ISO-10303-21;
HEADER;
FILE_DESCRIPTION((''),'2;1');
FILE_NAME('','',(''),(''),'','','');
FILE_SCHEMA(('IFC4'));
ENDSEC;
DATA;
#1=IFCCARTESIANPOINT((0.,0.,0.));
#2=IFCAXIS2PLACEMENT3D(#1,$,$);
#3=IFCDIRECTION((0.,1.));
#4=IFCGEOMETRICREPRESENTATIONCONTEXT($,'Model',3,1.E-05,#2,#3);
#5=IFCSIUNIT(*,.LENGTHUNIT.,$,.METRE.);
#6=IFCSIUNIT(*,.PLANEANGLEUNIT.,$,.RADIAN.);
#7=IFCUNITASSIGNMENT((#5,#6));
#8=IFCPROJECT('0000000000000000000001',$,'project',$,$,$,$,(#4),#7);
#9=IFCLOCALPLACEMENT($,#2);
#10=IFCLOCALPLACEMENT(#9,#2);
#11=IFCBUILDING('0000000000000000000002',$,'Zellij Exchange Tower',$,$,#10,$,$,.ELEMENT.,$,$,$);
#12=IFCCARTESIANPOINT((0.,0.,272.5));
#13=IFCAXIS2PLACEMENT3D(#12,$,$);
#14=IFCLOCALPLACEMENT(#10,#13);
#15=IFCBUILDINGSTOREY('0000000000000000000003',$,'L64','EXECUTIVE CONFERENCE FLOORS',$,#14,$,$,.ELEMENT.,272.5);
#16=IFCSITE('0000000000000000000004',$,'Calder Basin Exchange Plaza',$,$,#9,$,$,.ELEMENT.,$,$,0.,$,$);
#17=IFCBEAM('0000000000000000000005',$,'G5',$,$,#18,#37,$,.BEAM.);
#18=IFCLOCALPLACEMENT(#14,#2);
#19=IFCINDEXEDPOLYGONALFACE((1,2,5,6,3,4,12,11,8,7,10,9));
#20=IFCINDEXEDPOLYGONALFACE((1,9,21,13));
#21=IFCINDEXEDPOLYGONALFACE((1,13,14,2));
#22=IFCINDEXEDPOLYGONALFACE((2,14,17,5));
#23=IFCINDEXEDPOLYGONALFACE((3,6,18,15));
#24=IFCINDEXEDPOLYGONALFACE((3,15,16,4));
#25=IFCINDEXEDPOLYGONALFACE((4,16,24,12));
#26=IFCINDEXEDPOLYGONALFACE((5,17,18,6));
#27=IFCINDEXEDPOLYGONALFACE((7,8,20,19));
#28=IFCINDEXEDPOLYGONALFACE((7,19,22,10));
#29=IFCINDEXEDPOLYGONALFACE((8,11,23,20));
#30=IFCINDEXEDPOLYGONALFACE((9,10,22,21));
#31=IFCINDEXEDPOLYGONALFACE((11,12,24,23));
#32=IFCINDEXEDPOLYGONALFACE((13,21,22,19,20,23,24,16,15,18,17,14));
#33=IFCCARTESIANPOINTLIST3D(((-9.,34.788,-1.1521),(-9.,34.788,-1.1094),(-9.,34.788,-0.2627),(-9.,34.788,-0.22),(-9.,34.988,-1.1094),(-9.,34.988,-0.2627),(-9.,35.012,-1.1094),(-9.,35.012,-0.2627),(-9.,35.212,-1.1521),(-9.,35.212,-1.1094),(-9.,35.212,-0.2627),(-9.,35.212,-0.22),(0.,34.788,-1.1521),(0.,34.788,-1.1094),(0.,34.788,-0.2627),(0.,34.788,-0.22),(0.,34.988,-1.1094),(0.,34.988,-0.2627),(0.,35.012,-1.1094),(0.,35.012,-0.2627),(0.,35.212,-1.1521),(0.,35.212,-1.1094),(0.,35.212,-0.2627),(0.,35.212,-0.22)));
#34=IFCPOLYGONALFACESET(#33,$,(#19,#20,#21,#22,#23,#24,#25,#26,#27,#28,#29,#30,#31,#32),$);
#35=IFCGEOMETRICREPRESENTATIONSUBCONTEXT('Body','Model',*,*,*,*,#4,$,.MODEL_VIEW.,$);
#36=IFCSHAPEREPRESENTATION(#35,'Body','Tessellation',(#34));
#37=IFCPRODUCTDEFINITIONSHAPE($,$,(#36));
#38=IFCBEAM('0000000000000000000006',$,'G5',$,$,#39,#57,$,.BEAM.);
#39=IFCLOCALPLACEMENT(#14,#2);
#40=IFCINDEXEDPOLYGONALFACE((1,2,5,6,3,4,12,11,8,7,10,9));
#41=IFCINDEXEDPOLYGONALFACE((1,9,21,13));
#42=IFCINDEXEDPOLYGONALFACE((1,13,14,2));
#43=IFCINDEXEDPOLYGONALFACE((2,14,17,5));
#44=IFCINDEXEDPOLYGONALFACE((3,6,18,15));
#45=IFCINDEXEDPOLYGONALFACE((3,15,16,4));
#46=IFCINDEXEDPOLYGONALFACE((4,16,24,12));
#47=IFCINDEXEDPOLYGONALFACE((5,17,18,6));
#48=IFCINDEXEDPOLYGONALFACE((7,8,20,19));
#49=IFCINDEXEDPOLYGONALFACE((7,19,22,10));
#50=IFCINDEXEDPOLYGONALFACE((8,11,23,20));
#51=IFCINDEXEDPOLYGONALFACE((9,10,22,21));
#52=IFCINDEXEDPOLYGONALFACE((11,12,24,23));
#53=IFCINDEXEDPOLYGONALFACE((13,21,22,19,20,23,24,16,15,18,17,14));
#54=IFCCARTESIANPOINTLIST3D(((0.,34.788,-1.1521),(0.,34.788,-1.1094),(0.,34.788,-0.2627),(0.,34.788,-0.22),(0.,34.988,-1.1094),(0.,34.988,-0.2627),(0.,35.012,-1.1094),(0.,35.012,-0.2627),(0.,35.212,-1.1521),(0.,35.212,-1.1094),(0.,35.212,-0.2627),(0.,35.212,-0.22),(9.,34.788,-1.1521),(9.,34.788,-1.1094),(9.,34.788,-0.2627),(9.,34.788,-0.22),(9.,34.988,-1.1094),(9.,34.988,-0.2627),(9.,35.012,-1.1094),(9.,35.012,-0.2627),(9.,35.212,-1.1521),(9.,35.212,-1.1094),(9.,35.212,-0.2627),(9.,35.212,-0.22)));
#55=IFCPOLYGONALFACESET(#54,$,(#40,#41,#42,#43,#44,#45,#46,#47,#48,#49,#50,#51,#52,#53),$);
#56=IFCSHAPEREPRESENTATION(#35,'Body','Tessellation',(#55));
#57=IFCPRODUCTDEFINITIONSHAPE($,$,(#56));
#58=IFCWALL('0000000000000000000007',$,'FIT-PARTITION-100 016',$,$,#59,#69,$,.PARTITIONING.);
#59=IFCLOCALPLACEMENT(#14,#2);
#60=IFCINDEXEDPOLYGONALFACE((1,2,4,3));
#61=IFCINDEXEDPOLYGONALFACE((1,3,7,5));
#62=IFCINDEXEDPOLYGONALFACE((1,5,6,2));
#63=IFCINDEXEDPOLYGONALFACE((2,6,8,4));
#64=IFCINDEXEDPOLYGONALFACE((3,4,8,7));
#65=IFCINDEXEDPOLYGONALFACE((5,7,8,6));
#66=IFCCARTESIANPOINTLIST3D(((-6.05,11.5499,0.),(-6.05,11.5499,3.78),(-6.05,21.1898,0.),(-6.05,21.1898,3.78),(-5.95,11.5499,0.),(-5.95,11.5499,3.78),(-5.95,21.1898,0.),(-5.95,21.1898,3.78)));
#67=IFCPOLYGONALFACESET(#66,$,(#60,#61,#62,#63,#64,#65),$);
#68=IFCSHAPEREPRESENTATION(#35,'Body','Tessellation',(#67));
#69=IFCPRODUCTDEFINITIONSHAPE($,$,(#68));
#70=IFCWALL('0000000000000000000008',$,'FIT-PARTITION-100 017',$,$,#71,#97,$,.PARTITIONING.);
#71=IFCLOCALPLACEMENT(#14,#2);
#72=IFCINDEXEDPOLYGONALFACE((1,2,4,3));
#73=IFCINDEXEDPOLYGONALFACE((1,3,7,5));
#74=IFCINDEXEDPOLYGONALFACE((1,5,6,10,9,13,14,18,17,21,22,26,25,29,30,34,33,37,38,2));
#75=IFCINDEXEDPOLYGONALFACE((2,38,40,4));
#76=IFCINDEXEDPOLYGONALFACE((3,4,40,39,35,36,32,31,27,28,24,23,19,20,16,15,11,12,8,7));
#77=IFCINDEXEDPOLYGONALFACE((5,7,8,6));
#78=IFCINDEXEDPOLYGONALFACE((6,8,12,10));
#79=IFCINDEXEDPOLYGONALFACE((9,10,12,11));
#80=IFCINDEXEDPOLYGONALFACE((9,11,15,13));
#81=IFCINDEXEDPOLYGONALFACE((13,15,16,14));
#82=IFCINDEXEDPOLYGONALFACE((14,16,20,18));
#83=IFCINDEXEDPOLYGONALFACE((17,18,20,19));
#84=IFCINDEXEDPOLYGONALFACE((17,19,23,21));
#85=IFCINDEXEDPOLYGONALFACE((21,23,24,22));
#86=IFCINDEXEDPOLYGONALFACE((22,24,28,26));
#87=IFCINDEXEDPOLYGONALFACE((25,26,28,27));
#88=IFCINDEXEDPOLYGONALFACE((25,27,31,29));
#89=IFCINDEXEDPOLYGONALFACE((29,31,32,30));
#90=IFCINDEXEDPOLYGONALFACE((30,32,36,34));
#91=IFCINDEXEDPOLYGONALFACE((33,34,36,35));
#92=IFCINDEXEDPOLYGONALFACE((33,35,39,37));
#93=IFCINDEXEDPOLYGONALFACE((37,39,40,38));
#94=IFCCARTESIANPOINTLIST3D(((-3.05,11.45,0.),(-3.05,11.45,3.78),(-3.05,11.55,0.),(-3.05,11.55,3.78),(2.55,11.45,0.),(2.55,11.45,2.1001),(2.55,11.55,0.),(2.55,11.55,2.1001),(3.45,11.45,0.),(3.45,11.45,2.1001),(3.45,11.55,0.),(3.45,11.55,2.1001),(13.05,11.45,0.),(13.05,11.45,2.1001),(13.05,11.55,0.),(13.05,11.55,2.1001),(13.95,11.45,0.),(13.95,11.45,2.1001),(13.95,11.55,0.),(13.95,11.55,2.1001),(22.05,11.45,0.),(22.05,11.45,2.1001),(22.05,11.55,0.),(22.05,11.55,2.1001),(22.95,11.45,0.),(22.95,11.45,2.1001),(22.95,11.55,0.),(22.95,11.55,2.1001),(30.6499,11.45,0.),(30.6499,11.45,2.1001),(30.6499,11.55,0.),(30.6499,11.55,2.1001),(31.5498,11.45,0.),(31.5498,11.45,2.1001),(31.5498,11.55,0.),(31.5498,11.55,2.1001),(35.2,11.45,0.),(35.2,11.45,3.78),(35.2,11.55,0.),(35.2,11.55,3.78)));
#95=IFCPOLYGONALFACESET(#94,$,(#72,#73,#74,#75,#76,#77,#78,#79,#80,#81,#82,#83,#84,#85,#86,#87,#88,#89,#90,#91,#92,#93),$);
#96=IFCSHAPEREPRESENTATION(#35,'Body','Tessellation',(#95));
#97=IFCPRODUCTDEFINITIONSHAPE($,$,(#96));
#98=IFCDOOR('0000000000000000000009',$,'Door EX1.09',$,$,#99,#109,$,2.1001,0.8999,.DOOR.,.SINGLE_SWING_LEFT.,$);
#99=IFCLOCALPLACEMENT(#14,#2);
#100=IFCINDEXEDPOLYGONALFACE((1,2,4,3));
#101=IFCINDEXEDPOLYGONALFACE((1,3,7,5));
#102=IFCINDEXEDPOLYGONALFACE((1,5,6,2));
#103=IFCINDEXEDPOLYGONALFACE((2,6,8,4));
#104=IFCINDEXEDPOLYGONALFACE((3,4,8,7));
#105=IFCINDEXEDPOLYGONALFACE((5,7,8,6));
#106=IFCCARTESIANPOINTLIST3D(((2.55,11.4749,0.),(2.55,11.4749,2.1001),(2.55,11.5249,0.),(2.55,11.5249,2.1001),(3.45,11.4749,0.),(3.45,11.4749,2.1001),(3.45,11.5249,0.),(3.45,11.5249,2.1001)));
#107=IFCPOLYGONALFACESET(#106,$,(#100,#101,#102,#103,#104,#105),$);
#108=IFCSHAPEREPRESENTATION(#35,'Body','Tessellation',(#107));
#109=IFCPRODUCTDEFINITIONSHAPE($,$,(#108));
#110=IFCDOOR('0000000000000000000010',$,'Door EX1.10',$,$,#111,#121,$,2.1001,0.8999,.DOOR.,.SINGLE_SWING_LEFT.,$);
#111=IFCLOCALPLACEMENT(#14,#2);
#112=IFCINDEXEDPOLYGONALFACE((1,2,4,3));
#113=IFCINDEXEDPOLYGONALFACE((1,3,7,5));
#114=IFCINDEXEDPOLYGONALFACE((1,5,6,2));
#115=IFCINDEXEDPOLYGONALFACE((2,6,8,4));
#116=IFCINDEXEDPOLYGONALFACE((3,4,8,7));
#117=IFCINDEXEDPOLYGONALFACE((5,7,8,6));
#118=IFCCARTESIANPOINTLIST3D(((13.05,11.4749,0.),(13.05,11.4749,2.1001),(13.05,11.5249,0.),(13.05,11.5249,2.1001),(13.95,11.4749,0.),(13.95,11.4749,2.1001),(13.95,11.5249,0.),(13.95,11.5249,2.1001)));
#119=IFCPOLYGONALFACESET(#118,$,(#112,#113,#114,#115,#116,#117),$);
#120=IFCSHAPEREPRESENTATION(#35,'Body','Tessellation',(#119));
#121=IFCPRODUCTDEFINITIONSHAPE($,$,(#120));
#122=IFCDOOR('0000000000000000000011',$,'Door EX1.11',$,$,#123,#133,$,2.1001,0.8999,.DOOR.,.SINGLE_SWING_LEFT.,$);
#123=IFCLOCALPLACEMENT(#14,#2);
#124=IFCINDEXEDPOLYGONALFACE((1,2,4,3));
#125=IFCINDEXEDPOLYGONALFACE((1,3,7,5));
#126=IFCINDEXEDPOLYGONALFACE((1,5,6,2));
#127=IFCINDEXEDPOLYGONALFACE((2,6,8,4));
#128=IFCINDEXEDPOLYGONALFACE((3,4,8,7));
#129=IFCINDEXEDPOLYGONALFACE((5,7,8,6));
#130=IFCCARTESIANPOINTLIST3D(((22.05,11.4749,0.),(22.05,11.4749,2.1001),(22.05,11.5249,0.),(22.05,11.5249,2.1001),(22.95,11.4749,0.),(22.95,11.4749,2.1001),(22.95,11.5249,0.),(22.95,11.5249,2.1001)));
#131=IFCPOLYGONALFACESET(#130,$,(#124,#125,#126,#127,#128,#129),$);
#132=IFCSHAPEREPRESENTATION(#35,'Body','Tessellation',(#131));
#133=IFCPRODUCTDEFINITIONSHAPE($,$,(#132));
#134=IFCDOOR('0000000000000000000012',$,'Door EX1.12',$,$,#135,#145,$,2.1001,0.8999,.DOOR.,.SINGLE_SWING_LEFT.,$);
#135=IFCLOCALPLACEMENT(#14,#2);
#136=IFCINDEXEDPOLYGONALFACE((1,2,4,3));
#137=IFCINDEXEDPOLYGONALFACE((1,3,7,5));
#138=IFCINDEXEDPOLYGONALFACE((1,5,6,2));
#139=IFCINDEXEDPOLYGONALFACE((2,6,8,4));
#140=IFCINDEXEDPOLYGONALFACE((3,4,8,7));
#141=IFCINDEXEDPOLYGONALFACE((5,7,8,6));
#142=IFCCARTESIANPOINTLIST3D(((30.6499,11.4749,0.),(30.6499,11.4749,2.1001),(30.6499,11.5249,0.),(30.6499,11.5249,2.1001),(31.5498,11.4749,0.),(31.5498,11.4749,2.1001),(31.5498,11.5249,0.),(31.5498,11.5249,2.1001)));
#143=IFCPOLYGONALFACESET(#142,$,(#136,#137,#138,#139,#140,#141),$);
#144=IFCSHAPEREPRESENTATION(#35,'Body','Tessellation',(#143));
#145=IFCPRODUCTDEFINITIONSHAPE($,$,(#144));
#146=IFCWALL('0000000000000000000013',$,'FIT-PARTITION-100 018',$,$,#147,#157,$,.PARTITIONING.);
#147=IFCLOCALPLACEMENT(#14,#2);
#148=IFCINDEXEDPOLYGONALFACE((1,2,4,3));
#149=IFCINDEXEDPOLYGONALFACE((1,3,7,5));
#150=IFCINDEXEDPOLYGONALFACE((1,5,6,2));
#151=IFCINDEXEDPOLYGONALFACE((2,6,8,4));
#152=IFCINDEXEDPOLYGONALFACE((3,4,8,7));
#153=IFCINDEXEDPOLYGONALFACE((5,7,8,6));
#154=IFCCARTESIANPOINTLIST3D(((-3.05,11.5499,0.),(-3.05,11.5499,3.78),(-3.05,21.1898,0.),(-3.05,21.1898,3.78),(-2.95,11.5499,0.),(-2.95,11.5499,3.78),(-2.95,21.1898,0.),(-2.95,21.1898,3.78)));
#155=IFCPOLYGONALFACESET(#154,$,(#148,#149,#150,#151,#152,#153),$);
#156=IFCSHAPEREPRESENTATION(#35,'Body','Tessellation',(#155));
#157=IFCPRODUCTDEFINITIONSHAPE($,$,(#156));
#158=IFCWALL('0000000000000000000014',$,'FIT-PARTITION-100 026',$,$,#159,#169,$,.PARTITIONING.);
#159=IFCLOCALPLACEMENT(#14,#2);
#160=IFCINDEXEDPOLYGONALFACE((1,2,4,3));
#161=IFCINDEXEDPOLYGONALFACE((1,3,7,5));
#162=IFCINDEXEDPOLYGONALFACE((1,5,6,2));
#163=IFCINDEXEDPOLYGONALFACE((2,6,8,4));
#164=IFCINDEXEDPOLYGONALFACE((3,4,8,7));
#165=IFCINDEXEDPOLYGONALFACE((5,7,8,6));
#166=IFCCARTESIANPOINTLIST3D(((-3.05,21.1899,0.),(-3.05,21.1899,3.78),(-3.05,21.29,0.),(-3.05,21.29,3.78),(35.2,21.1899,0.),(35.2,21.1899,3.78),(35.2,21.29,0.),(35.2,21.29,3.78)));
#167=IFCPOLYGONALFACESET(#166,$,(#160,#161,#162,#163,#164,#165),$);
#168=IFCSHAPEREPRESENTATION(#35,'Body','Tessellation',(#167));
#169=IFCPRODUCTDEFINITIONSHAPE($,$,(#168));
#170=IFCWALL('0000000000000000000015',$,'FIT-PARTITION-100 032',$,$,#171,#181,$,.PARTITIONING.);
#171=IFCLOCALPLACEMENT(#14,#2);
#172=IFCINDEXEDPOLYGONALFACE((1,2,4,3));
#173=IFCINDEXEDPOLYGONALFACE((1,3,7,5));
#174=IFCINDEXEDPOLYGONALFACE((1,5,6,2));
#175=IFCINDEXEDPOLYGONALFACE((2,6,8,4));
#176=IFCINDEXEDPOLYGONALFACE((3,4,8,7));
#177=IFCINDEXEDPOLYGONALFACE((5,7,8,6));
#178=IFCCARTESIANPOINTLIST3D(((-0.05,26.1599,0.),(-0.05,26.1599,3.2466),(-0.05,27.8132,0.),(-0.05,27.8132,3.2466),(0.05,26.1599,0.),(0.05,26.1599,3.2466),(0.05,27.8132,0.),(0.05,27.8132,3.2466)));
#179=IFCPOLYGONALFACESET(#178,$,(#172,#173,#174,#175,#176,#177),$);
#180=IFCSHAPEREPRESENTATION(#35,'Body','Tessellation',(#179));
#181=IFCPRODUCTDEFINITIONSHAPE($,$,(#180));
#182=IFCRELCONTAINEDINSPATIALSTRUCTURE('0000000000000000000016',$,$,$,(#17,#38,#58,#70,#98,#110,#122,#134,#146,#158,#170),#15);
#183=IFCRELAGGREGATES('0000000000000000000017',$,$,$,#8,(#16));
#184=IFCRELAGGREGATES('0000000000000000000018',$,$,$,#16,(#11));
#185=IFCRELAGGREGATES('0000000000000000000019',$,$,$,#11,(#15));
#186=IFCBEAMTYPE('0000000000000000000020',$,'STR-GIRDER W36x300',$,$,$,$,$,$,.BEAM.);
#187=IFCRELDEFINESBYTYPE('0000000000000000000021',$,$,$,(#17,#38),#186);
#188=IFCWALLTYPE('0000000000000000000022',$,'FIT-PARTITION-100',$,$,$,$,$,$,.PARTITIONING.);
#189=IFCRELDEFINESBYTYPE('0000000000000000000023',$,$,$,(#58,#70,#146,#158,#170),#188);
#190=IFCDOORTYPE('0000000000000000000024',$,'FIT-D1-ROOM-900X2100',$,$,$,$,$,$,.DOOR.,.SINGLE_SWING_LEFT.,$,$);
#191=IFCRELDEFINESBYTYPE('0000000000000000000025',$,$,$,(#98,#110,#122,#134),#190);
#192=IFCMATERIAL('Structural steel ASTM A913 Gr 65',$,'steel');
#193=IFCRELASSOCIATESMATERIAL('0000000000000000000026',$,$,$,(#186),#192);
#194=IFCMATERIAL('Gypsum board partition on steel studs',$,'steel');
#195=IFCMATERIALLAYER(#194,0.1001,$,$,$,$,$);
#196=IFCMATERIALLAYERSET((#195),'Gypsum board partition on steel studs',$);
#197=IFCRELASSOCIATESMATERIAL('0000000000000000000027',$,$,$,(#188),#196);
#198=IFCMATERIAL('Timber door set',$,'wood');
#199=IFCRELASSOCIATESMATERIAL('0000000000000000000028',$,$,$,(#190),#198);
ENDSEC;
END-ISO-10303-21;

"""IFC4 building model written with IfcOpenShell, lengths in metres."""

from ifc_helpers import new_model, si_unit, direction, frame, frame_2d, origin, origin_2d, place, context, subcontext, project, spatial, rectangle, i_section, extrude, material, layer, layer_set, material_profile, profile_set, type_object, element, fill, save


model = new_model("IFC4")

# Units and contexts
model_context = context("Model", 3, precision=1e-05, world=origin(), true_north=direction((0.0, 1.0)))
body_context = subcontext(model_context, "Body", "Model", "MODEL_VIEW")
ifc_project = project(units=[si_unit("LENGTHUNIT", "METRE"), si_unit("PLANEANGLEUNIT", "RADIAN")], contexts=[model_context])

# Site, building, storey
site_placement = place(None, origin())
site = spatial("IfcSite", under=ifc_project, at=site_placement, Name="Calder Basin Exchange Plaza", CompositionType="ELEMENT", RefElevation=0.0)
building_placement = place(site_placement, origin())
building = spatial("IfcBuilding", under=site, at=building_placement, Name="Zellij Exchange Tower", CompositionType="ELEMENT")
storey_placement = place(building_placement, frame((0.0, 0.0, 272.5)))
storey = spatial("IfcBuildingStorey", under=building, at=storey_placement, Name="L64", Description="EXECUTIVE CONFERENCE FLOORS", CompositionType="ELEMENT", Elevation=272.5)

# Beams
ifc_material_1 = material(Name="Structural steel ASTM A913 Gr 65", Category="steel")
ifc_material_profile_1 = material_profile(ifc_material_1, i_section(OverallWidth=0.4241, OverallDepth=0.9321, WebThickness=0.0239, FlangeThickness=0.0427, at=origin_2d()), Name="W36x300")
ifc_profile_set_1 = profile_set([ifc_material_profile_1], Name="Structural steel ASTM A913 Gr 65")
beam_type = type_object("IfcBeamType", Name="STR-GIRDER W36x300", PredefinedType="BEAM", material=ifc_profile_set_1)
for number, where, z_axis, x_axis, name in (
    (1, (-9.0, 35.0, -0.686), (1.0, 0.0, 0.0), (0.0, 1.0, 0.0), "G5"),
    (2, (0.0, 35.0, -0.686), (1.0, 0.0, 0.0), (0.0, 1.0, 0.0), "G5"),
):
    element("IfcBeam", number, at=place(storey_placement, frame(where, z_axis=z_axis, x_axis=x_axis)), inside=storey, type_object=beam_type, Name=name, PredefinedType="BEAM", context=body_context, shape_type="SweptSolid", body=[
        extrude(i_section(OverallWidth=0.4241, OverallDepth=0.9321, WebThickness=0.0239, FlangeThickness=0.0427, at=origin_2d()), origin(), (0.0, 0.0, 1.0), 9.0),
    ])

# Wall
ifc_material_2 = material(Name="Gypsum board partition on steel studs", Category="steel")
ifc_layer_1 = layer(ifc_material_2, 0.1001)
ifc_layer_set_1 = layer_set([ifc_layer_1], Name="Gypsum board partition on steel studs")
wall_type = type_object("IfcWallType", Name="FIT-PARTITION-100", PredefinedType="PARTITIONING", material=ifc_layer_set_1)
wall_1_placement = place(storey_placement, frame((-6.0, 11.55, 0.0), z_axis=(0.0, 0.0, 1.0), x_axis=(0.0, 1.0, 0.0)))
element("IfcWall", 3, at=wall_1_placement, inside=storey, type_object=wall_type, Name="FIT-PARTITION-100 016", PredefinedType="PARTITIONING", context=body_context, shape_type="SweptSolid", body=[
    extrude(rectangle(XDim=9.6399, YDim=0.1001, at=frame_2d((4.8198, 0.0))), origin(), (0.0, 0.0, 1.0), 3.78),
])

# Wall, openings, doors
wall_2_placement = place(storey_placement, frame((-3.05, 11.5, 0.0), z_axis=(0.0, 0.0, 1.0), x_axis=(1.0, 0.0, 0.0)))
wall_2 = element("IfcWall", 4, at=wall_2_placement, inside=storey, type_object=wall_type, Name="FIT-PARTITION-100 017", PredefinedType="PARTITIONING", context=body_context, shape_type="SweptSolid", body=[
    extrude(rectangle(XDim=38.25, YDim=0.1001, at=frame_2d((19.125, 0.0))), origin(), (0.0, 0.0, 1.0), 3.78),
])
opening_1_placement = place(wall_2_placement, frame((5.6001, 0.0, 0.0)))
opening_1 = element("IfcOpeningElement", 5, at=opening_1_placement, cuts=wall_2, PredefinedType="OPENING", context=body_context, shape_type="SweptSolid", body=[
    extrude(rectangle(XDim=0.8999, YDim=2.1001, at=frame_2d((0.45, 1.05))), frame((0.0, 0.062, 0.0), z_axis=(0.0, -1.0, 0.0), x_axis=(1.0, 0.0, 0.0)), (0.0, 0.0, 1.0), 0.124),
])
opening_2_placement = place(wall_2_placement, frame((16.1001, 0.0, 0.0)))
opening_2 = element("IfcOpeningElement", 6, at=opening_2_placement, cuts=wall_2, PredefinedType="OPENING", context=body_context, shape_type="SweptSolid", body=[
    extrude(rectangle(XDim=0.8999, YDim=2.1001, at=frame_2d((0.45, 1.05))), frame((0.0, 0.062, 0.0), z_axis=(0.0, -1.0, 0.0), x_axis=(1.0, 0.0, 0.0)), (0.0, 0.0, 1.0), 0.124),
])
opening_3_placement = place(wall_2_placement, frame((25.1001, 0.0, 0.0)))
opening_3 = element("IfcOpeningElement", 7, at=opening_3_placement, cuts=wall_2, PredefinedType="OPENING", context=body_context, shape_type="SweptSolid", body=[
    extrude(rectangle(XDim=0.8999, YDim=2.1001, at=frame_2d((0.45, 1.05))), frame((0.0, 0.062, 0.0), z_axis=(0.0, -1.0, 0.0), x_axis=(1.0, 0.0, 0.0)), (0.0, 0.0, 1.0), 0.124),
])
opening_4_placement = place(wall_2_placement, frame((33.7, 0.0, 0.0)))
opening_4 = element("IfcOpeningElement", 8, at=opening_4_placement, cuts=wall_2, PredefinedType="OPENING", context=body_context, shape_type="SweptSolid", body=[
    extrude(rectangle(XDim=0.8999, YDim=2.1001, at=frame_2d((0.45, 1.05))), frame((0.0, 0.062, 0.0), z_axis=(0.0, -1.0, 0.0), x_axis=(1.0, 0.0, 0.0)), (0.0, 0.0, 1.0), 0.124),
])
ifc_material_3 = material(Name="Timber door set", Category="wood")
door_type = type_object("IfcDoorType", Name="FIT-D1-ROOM-900X2100", OperationType="SINGLE_SWING_LEFT", PredefinedType="DOOR", material=ifc_material_3)
door_1_placement = place(opening_1_placement, origin())
door_1 = element("IfcDoor", 9, at=door_1_placement, inside=storey, type_object=door_type, Name="Door EX1.09", OperationType="SINGLE_SWING_LEFT", OverallHeight=2.1001, OverallWidth=0.8999, PredefinedType="DOOR", context=body_context, shape_type="SweptSolid", body=[
    extrude(rectangle(XDim=0.8999, YDim=2.1001, at=frame_2d((0.45, 1.05))), frame((0.0, 0.0249, 0.0), z_axis=(0.0, -1.0, 0.0), x_axis=(1.0, 0.0, 0.0)), (0.0, 0.0, 1.0), 0.05),
])
fill(opening_1, door_1)
door_2_placement = place(opening_2_placement, origin())
door_2 = element("IfcDoor", 10, at=door_2_placement, inside=storey, type_object=door_type, Name="Door EX1.10", OperationType="SINGLE_SWING_LEFT", OverallHeight=2.1001, OverallWidth=0.8999, PredefinedType="DOOR", context=body_context, shape_type="SweptSolid", body=[
    extrude(rectangle(XDim=0.8999, YDim=2.1001, at=frame_2d((0.45, 1.05))), frame((0.0, 0.0249, 0.0), z_axis=(0.0, -1.0, 0.0), x_axis=(1.0, 0.0, 0.0)), (0.0, 0.0, 1.0), 0.05),
])
fill(opening_2, door_2)
door_3_placement = place(opening_3_placement, origin())
door_3 = element("IfcDoor", 11, at=door_3_placement, inside=storey, type_object=door_type, Name="Door EX1.11", OperationType="SINGLE_SWING_LEFT", OverallHeight=2.1001, OverallWidth=0.8999, PredefinedType="DOOR", context=body_context, shape_type="SweptSolid", body=[
    extrude(rectangle(XDim=0.8999, YDim=2.1001, at=frame_2d((0.45, 1.05))), frame((0.0, 0.0249, 0.0), z_axis=(0.0, -1.0, 0.0), x_axis=(1.0, 0.0, 0.0)), (0.0, 0.0, 1.0), 0.05),
])
fill(opening_3, door_3)
door_4_placement = place(opening_4_placement, origin())
door_4 = element("IfcDoor", 12, at=door_4_placement, inside=storey, type_object=door_type, Name="Door EX1.12", OperationType="SINGLE_SWING_LEFT", OverallHeight=2.1001, OverallWidth=0.8999, PredefinedType="DOOR", context=body_context, shape_type="SweptSolid", body=[
    extrude(rectangle(XDim=0.8999, YDim=2.1001, at=frame_2d((0.45, 1.05))), frame((0.0, 0.0249, 0.0), z_axis=(0.0, -1.0, 0.0), x_axis=(1.0, 0.0, 0.0)), (0.0, 0.0, 1.0), 0.05),
])
fill(opening_4, door_4)

# Walls
wall_3_placement = place(storey_placement, frame((-3.0, 11.55, 0.0), z_axis=(0.0, 0.0, 1.0), x_axis=(0.0, 1.0, 0.0)))
element("IfcWall", 13, at=wall_3_placement, inside=storey, type_object=wall_type, Name="FIT-PARTITION-100 018", PredefinedType="PARTITIONING", context=body_context, shape_type="SweptSolid", body=[
    extrude(rectangle(XDim=9.6399, YDim=0.1001, at=frame_2d((4.8198, 0.0))), origin(), (0.0, 0.0, 1.0), 3.78),
])
wall_4_placement = place(storey_placement, frame((-3.05, 21.24, 0.0), z_axis=(0.0, 0.0, 1.0), x_axis=(1.0, 0.0, 0.0)))
element("IfcWall", 14, at=wall_4_placement, inside=storey, type_object=wall_type, Name="FIT-PARTITION-100 026", PredefinedType="PARTITIONING", context=body_context, shape_type="SweptSolid", body=[
    extrude(rectangle(XDim=38.25, YDim=0.1001, at=frame_2d((19.125, 0.0))), origin(), (0.0, 0.0, 1.0), 3.78),
])
wall_5_placement = place(storey_placement, frame((0.0, 26.1599, 0.0), z_axis=(0.0, 0.0, 1.0), x_axis=(0.0, 1.0, 0.0)))
element("IfcWall", 15, at=wall_5_placement, inside=storey, type_object=wall_type, Name="FIT-PARTITION-100 032", PredefinedType="PARTITIONING", context=body_context, shape_type="SweptSolid", body=[
    extrude(rectangle(XDim=1.6533, YDim=0.1001, at=frame_2d((0.8267, 0.0))), origin(), (0.0, 0.0, 1.0), 3.2466),
])

save(model, "model.ifc")
